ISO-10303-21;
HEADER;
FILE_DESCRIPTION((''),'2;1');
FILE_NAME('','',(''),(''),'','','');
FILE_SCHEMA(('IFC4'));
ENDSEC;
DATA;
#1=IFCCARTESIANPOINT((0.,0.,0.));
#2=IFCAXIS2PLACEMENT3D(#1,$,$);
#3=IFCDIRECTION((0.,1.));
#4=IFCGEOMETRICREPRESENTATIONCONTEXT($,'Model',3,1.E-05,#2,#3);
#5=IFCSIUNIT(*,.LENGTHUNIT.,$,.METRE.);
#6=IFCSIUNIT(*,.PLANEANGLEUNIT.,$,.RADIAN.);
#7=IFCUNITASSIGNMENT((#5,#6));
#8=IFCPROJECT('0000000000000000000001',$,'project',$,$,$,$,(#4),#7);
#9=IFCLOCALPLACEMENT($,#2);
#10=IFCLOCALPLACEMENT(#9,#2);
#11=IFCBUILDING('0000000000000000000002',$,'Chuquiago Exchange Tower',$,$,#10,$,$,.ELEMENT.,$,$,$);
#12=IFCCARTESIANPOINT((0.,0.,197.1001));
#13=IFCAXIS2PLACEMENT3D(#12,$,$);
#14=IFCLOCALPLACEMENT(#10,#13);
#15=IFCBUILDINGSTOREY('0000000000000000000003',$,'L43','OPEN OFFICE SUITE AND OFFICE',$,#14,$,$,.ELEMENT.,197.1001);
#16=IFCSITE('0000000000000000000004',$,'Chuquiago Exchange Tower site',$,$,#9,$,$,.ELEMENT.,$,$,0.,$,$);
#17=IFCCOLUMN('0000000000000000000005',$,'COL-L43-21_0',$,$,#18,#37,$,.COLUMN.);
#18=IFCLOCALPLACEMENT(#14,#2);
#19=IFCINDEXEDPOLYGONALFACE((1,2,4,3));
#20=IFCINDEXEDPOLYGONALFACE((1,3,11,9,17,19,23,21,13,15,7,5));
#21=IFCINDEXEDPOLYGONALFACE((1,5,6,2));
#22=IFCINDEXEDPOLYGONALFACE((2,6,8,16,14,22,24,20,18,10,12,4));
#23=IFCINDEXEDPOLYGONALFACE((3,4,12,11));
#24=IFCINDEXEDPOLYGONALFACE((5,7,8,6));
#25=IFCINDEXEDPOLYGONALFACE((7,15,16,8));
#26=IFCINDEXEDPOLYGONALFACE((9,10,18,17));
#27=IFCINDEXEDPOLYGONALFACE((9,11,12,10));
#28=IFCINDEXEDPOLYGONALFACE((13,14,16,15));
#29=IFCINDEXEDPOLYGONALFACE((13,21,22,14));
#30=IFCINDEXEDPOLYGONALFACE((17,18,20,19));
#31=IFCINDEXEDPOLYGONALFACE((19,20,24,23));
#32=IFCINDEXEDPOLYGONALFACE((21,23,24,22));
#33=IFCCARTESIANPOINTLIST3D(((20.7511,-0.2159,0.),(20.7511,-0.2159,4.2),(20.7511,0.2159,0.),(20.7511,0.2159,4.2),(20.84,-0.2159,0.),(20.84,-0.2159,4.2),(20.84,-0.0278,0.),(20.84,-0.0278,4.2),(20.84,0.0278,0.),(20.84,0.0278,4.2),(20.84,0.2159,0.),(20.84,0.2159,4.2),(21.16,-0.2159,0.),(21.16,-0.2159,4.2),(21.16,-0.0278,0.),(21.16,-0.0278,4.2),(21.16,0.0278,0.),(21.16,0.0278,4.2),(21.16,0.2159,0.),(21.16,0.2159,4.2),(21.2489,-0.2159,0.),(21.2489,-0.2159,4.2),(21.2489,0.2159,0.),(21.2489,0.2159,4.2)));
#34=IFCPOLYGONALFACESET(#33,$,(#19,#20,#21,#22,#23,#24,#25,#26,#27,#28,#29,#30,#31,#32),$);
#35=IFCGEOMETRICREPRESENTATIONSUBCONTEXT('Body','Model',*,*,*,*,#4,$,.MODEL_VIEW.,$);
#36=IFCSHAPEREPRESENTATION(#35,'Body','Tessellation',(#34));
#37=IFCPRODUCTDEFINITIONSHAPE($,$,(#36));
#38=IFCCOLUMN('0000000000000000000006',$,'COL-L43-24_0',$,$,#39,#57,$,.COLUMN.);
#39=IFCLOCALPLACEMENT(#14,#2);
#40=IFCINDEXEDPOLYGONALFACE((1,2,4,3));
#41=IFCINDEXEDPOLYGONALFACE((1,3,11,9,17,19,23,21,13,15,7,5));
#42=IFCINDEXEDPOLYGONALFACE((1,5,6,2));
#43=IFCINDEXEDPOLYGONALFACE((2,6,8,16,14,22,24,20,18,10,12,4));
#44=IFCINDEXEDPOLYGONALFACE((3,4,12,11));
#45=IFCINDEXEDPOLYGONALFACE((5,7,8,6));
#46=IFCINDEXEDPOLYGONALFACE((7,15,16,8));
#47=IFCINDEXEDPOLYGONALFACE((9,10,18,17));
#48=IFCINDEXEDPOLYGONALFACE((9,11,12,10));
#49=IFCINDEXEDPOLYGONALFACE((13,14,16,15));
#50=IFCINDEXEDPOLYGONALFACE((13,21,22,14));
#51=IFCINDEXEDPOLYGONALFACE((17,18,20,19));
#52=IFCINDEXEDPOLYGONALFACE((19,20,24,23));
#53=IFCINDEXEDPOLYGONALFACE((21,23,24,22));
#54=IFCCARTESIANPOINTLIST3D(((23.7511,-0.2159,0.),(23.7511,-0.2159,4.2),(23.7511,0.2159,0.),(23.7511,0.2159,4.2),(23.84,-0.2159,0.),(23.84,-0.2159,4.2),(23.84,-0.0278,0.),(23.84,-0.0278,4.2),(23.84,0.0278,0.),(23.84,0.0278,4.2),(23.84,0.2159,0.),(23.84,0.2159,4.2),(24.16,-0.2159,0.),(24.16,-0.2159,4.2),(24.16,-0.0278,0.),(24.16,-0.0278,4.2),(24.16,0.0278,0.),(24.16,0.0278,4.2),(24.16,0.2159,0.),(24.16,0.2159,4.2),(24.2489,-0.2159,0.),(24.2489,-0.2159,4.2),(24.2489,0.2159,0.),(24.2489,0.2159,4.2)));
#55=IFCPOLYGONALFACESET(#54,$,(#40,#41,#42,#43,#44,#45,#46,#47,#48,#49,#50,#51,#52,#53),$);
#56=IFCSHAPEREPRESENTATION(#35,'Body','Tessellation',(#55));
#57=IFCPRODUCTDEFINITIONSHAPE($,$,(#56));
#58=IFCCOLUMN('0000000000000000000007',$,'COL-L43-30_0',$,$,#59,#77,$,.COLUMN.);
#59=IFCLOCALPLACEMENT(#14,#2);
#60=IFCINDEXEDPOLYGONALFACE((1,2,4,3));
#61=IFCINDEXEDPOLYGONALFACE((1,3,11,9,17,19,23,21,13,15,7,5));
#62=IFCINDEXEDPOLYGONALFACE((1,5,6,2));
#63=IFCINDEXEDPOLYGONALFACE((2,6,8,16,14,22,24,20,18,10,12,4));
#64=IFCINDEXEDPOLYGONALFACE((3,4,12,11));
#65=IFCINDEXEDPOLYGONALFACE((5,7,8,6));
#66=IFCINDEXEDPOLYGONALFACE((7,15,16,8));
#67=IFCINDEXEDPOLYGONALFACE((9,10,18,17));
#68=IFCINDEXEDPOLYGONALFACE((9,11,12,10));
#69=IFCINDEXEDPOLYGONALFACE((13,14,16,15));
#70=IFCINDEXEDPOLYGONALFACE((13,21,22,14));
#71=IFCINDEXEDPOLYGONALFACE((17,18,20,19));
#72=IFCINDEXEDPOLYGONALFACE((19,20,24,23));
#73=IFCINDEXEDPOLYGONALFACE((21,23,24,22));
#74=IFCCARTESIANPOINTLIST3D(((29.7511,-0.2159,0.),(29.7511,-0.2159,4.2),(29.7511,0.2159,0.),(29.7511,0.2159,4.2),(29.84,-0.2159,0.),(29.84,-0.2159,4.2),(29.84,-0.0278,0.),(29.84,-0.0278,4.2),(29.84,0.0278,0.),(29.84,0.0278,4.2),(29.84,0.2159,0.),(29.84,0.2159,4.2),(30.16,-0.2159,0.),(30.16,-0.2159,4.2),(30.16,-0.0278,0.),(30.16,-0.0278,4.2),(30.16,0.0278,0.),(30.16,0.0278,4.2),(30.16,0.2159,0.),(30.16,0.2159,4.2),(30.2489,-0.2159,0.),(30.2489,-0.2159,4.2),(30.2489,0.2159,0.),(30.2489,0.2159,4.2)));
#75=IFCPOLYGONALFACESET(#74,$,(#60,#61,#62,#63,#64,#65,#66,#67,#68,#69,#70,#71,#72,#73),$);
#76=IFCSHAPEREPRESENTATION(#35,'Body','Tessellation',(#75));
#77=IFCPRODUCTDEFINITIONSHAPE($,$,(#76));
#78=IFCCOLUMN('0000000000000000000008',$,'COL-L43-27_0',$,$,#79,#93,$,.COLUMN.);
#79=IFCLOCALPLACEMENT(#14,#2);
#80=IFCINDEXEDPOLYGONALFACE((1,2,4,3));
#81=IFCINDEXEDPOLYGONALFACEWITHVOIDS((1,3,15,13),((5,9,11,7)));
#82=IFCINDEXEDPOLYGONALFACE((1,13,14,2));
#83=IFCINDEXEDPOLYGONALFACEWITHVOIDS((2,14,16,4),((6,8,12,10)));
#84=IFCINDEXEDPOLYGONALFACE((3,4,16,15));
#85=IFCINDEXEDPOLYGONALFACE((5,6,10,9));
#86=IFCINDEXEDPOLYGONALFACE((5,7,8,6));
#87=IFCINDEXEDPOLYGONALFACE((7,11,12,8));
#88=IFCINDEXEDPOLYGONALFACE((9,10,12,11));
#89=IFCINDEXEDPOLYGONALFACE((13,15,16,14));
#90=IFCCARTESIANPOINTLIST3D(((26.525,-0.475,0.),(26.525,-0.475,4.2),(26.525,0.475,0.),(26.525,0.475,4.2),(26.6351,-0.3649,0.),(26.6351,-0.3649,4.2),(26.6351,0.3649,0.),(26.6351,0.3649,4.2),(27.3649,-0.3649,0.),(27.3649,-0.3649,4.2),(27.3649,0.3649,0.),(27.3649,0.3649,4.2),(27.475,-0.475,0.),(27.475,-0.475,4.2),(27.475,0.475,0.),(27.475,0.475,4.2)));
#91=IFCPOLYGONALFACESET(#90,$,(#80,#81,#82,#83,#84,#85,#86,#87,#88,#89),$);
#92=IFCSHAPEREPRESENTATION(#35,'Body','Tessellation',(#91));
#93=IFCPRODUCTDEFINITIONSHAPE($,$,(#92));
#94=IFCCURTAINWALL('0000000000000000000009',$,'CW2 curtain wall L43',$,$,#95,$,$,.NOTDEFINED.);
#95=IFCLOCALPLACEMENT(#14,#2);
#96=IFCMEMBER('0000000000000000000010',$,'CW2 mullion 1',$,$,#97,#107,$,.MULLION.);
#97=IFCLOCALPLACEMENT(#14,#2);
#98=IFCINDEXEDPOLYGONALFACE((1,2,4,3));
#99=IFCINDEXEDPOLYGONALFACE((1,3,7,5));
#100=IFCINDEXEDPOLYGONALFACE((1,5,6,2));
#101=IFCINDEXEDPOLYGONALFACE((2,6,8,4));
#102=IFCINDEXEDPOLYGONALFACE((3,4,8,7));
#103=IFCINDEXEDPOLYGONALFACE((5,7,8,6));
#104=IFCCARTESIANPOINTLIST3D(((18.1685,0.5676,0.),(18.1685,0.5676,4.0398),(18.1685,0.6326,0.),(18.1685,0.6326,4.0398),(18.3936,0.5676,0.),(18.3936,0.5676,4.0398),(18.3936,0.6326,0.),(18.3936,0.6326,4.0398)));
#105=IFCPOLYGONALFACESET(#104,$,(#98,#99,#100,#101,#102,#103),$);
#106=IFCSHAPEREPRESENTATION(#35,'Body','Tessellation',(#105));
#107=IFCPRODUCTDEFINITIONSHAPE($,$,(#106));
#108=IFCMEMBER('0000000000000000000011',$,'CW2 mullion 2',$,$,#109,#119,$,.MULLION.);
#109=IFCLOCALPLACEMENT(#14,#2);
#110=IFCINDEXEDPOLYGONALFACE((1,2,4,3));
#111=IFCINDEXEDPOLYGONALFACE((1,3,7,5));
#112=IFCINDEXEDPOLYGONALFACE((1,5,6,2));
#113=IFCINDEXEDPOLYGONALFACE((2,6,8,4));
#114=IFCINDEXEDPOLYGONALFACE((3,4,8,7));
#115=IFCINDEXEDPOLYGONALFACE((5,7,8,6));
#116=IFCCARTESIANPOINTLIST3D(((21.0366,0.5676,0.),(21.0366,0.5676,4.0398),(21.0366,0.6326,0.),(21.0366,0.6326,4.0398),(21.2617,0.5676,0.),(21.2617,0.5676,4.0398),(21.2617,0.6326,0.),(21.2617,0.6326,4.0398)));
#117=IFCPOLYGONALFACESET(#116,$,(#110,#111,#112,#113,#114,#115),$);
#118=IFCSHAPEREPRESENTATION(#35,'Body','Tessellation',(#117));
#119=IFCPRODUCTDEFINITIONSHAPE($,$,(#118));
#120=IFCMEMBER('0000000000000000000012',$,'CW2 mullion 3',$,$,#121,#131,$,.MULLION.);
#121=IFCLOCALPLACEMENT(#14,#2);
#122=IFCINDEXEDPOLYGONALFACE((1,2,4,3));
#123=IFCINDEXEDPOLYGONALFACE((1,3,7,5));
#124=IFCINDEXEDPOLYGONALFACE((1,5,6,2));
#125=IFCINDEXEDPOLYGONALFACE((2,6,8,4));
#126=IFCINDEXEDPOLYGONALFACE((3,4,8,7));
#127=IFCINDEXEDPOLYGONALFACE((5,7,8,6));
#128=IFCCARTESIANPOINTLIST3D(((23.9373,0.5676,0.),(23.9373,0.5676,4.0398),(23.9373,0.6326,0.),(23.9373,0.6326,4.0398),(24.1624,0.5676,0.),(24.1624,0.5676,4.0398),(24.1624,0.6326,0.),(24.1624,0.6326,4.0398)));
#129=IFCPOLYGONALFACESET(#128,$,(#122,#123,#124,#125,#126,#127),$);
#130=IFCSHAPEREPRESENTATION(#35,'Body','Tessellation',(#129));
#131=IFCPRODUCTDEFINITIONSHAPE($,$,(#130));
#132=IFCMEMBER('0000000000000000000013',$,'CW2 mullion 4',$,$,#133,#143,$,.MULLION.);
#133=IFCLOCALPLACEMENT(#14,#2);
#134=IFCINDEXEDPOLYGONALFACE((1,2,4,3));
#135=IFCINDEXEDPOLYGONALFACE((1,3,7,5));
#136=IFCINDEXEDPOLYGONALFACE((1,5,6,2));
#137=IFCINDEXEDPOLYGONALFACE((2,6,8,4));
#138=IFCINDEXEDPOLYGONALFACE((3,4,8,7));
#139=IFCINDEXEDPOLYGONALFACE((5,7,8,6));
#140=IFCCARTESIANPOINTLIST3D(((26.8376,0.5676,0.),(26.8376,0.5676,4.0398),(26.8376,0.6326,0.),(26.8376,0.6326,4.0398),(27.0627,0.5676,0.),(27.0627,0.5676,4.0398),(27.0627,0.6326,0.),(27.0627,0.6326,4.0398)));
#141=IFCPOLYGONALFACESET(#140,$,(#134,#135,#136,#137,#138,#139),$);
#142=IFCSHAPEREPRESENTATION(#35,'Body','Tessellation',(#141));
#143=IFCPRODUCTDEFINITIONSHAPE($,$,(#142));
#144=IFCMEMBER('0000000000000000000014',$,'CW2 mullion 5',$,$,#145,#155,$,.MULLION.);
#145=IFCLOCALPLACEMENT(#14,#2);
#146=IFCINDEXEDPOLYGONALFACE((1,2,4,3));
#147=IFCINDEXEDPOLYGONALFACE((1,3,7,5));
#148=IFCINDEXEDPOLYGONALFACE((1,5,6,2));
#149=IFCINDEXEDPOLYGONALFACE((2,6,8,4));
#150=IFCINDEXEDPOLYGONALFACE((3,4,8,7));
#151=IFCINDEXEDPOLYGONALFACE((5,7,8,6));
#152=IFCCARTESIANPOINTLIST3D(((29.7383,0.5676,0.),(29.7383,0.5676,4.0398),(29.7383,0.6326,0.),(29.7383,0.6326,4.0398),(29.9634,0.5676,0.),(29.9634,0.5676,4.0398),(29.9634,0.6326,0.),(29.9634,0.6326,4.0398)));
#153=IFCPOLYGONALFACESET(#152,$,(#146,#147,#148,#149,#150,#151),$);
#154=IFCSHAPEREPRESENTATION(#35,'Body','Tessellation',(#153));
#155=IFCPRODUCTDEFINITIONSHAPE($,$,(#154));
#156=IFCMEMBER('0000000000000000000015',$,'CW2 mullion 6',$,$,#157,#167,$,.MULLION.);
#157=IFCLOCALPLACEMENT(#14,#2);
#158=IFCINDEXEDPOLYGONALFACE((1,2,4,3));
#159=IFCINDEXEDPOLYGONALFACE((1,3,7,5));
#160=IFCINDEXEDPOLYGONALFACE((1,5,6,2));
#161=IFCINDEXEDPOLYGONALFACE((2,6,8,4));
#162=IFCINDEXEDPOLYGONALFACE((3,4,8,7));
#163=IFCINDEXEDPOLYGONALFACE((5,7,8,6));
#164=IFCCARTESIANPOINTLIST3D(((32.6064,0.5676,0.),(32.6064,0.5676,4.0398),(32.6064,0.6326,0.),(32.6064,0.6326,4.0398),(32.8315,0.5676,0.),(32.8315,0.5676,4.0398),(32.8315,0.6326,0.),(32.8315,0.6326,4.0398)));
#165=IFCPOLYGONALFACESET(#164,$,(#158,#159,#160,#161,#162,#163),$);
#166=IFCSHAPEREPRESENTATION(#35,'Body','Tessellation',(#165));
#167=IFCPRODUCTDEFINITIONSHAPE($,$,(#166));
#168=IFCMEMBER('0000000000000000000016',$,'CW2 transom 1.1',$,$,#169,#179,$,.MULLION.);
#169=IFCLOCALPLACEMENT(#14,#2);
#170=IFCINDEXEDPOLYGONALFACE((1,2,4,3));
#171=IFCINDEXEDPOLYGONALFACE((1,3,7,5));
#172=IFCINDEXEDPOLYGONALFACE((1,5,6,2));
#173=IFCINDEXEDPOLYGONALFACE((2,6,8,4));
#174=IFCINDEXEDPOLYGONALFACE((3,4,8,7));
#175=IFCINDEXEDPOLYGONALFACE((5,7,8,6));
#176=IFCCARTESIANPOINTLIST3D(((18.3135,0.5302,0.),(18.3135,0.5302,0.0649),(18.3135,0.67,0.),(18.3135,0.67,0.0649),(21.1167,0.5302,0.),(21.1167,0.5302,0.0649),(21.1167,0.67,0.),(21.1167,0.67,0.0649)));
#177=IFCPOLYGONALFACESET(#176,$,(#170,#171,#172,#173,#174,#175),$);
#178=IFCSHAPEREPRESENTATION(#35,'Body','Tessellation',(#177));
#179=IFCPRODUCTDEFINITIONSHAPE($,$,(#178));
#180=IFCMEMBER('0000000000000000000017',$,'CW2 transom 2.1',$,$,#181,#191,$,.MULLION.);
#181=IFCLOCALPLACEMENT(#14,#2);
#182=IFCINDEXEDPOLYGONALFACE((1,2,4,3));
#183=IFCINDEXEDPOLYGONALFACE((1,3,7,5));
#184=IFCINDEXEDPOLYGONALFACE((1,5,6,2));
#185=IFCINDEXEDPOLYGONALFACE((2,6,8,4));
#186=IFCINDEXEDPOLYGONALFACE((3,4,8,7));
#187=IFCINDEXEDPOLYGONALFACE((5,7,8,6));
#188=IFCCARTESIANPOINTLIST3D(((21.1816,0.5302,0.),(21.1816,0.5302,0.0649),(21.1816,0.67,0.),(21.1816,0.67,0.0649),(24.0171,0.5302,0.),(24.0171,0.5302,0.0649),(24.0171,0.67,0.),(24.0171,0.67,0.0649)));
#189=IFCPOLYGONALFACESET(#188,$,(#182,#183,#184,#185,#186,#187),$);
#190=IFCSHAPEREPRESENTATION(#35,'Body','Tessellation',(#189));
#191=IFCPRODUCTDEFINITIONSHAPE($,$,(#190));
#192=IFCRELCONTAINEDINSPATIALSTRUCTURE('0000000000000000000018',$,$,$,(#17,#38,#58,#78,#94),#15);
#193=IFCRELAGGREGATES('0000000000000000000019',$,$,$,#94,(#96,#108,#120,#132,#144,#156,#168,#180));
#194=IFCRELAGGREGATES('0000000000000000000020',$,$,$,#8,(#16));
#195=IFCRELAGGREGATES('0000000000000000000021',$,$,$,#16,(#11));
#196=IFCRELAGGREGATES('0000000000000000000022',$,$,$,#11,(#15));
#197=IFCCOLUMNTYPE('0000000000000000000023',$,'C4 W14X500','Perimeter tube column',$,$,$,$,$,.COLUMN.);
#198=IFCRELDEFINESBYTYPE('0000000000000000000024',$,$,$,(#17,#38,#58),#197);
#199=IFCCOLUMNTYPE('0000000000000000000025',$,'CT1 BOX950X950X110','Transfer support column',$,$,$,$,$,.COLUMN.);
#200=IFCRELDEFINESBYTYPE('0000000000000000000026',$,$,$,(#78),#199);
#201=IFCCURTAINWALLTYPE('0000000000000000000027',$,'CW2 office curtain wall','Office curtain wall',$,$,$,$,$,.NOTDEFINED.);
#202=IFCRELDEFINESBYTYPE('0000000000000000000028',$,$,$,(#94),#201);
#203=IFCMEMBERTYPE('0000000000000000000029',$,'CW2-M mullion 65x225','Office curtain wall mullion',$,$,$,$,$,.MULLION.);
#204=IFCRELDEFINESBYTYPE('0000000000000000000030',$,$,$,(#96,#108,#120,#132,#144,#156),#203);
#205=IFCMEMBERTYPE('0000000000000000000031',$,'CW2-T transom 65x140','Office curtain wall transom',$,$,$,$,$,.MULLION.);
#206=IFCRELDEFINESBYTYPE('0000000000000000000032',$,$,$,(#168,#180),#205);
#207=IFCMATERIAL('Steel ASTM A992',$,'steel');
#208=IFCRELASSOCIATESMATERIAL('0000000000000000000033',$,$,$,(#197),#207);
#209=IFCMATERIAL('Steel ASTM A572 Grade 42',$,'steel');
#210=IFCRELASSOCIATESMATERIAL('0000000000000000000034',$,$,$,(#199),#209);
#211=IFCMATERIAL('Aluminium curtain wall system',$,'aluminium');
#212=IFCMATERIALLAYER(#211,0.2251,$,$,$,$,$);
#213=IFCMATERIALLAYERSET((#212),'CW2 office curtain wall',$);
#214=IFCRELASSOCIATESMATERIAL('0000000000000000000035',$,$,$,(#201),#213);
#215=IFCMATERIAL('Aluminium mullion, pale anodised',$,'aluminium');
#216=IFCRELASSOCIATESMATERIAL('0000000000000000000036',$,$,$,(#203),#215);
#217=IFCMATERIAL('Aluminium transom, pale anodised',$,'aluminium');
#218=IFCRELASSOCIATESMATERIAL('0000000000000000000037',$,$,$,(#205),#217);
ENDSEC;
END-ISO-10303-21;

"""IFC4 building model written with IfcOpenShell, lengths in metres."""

from ifc_helpers import new_model, si_unit, direction, frame, origin, origin_2d, place, context, subcontext, project, spatial, rectangle, hollow_rectangle, i_section, extrude, material, layer, layer_set, material_profile, profile_set, type_object, element, aggregate, save


model = new_model("IFC4")

# Units and contexts
model_context = context("Model", 3, precision=1e-05, world=origin(), true_north=direction((0.0, 1.0)))
body_context = subcontext(model_context, "Body", "Model", "MODEL_VIEW")
ifc_project = project(units=[si_unit("LENGTHUNIT", "METRE"), si_unit("PLANEANGLEUNIT", "RADIAN")], contexts=[model_context])

# Site, building, storey
site_placement = place(None, origin())
site = spatial("IfcSite", under=ifc_project, at=site_placement, Name="Chuquiago Exchange Tower site", CompositionType="ELEMENT", RefElevation=0.0)
building_placement = place(site_placement, origin())
building = spatial("IfcBuilding", under=site, at=building_placement, Name="Chuquiago Exchange Tower", CompositionType="ELEMENT")
storey_placement = place(building_placement, frame((0.0, 0.0, 197.1001)))
storey = spatial("IfcBuildingStorey", under=building, at=storey_placement, Name="L43", Description="OPEN OFFICE SUITE AND OFFICE", CompositionType="ELEMENT", Elevation=197.1001)

# Columns
ifc_material_1 = material(Name="Steel ASTM A992", Category="steel")
ifc_material_profile_1 = material_profile(ifc_material_1, i_section(OverallWidth=0.4319, OverallDepth=0.4978, WebThickness=0.0557, FlangeThickness=0.0889, at=origin_2d()), Name="W14X500")
ifc_profile_set_1 = profile_set([ifc_material_profile_1], Name="Steel ASTM A992")
column_type_1 = type_object("IfcColumnType", Name="C4 W14X500", Description="Perimeter tube column", PredefinedType="COLUMN", material=ifc_profile_set_1)
for number, where, z_axis, x_axis, name in (
    (1, (21.0, 0.0, 0.0), (0.0, 0.0, 1.0), (0.0, -1.0, 0.0), "COL-L43-21_0"),
    (2, (24.0, 0.0, 0.0), (0.0, 0.0, 1.0), (0.0, -1.0, 0.0), "COL-L43-24_0"),
    (3, (30.0, 0.0, 0.0), (0.0, 0.0, 1.0), (0.0, -1.0, 0.0), "COL-L43-30_0"),
):
    element("IfcColumn", number, at=place(storey_placement, frame(where, z_axis=z_axis, x_axis=x_axis)), inside=storey, type_object=column_type_1, Name=name, PredefinedType="COLUMN", context=body_context, shape_type="SweptSolid", body=[
        extrude(i_section(OverallWidth=0.4319, OverallDepth=0.4978, WebThickness=0.0557, FlangeThickness=0.0889, at=origin_2d()), origin(), (0.0, 0.0, 1.0), 4.2),
    ])
ifc_material_2 = material(Name="Steel ASTM A572 Grade 42", Category="steel")
ifc_material_profile_2 = material_profile(ifc_material_2, hollow_rectangle(XDim=0.95, YDim=0.95, WallThickness=0.1101, at=origin_2d()), Name="BOX950X950X110")
ifc_profile_set_2 = profile_set([ifc_material_profile_2], Name="Steel ASTM A572 Grade 42")
column_type_2 = type_object("IfcColumnType", Name="CT1 BOX950X950X110", Description="Transfer support column", PredefinedType="COLUMN", material=ifc_profile_set_2)
column_placement = place(storey_placement, frame((27.0, 0.0, 0.0), z_axis=(0.0, 0.0, 1.0), x_axis=(0.0, -1.0, 0.0)))
element("IfcColumn", 4, at=column_placement, inside=storey, type_object=column_type_2, Name="COL-L43-27_0", PredefinedType="COLUMN", context=body_context, shape_type="SweptSolid", body=[
    extrude(hollow_rectangle(XDim=0.95, YDim=0.95, WallThickness=0.1101, at=origin_2d()), origin(), (0.0, 0.0, 1.0), 4.2),
])

# Curtain wall, members
ifc_material_3 = material(Name="Aluminium curtain wall system", Category="aluminium")
ifc_layer_1 = layer(ifc_material_3, 0.2251)
ifc_layer_set_1 = layer_set([ifc_layer_1], Name="CW2 office curtain wall")
curtain_wall_type_1 = type_object("IfcCurtainWallType", Name="CW2 office curtain wall", Description="Office curtain wall", PredefinedType="NOTDEFINED", material=ifc_layer_set_1)
curtain_wall_1_placement = place(storey_placement, origin())
curtain_wall_1 = element("IfcCurtainWall", 5, at=curtain_wall_1_placement, inside=storey, type_object=curtain_wall_type_1, Name="CW2 curtain wall L43", PredefinedType="NOTDEFINED")
ifc_material_4 = material(Name="Aluminium mullion, pale anodised", Category="aluminium")
ifc_material_profile_3 = material_profile(ifc_material_4, rectangle(XDim=0.0649, YDim=0.2251, at=origin_2d()), Name="AL 65x225")
ifc_profile_set_3 = profile_set([ifc_material_profile_3], Name="Aluminium mullion, pale anodised")
member_type_1 = type_object("IfcMemberType", Name="CW2-M mullion 65x225", Description="Office curtain wall mullion", PredefinedType="MULLION", material=ifc_profile_set_3)
member_1_placement = place(storey_placement, frame((18.281, 0.6001, 0.0), z_axis=(0.0, 0.0, 1.0), x_axis=(0.0, 1.0, 0.0)))
member_1 = element("IfcMember", 6, at=member_1_placement, type_object=member_type_1, Name="CW2 mullion 1", PredefinedType="MULLION", context=body_context, shape_type="SweptSolid", body=[
    extrude(rectangle(XDim=0.0649, YDim=0.2251, at=origin_2d()), origin(), (0.0, 0.0, 1.0), 4.0398),
])
member_2_placement = place(storey_placement, frame((21.1492, 0.6001, 0.0), z_axis=(0.0, 0.0, 1.0), x_axis=(0.0, 1.0, 0.0)))
member_2 = element("IfcMember", 7, at=member_2_placement, type_object=member_type_1, Name="CW2 mullion 2", PredefinedType="MULLION", context=body_context, shape_type="SweptSolid", body=[
    extrude(rectangle(XDim=0.0649, YDim=0.2251, at=origin_2d()), origin(), (0.0, 0.0, 1.0), 4.0398),
])
member_3_placement = place(storey_placement, frame((24.0498, 0.6001, 0.0), z_axis=(0.0, 0.0, 1.0), x_axis=(0.0, 1.0, 0.0)))
member_3 = element("IfcMember", 8, at=member_3_placement, type_object=member_type_1, Name="CW2 mullion 3", PredefinedType="MULLION", context=body_context, shape_type="SweptSolid", body=[
    extrude(rectangle(XDim=0.0649, YDim=0.2251, at=origin_2d()), origin(), (0.0, 0.0, 1.0), 4.0398),
])
member_4_placement = place(storey_placement, frame((26.9502, 0.6001, 0.0), z_axis=(0.0, 0.0, 1.0), x_axis=(0.0, 1.0, 0.0)))
member_4 = element("IfcMember", 9, at=member_4_placement, type_object=member_type_1, Name="CW2 mullion 4", PredefinedType="MULLION", context=body_context, shape_type="SweptSolid", body=[
    extrude(rectangle(XDim=0.0649, YDim=0.2251, at=origin_2d()), origin(), (0.0, 0.0, 1.0), 4.0398),
])
member_5_placement = place(storey_placement, frame((29.8508, 0.6001, 0.0), z_axis=(0.0, 0.0, 1.0), x_axis=(0.0, 1.0, 0.0)))
member_5 = element("IfcMember", 10, at=member_5_placement, type_object=member_type_1, Name="CW2 mullion 5", PredefinedType="MULLION", context=body_context, shape_type="SweptSolid", body=[
    extrude(rectangle(XDim=0.0649, YDim=0.2251, at=origin_2d()), origin(), (0.0, 0.0, 1.0), 4.0398),
])
member_6_placement = place(storey_placement, frame((32.719, 0.6001, 0.0), z_axis=(0.0, 0.0, 1.0), x_axis=(0.0, 1.0, 0.0)))
member_6 = element("IfcMember", 11, at=member_6_placement, type_object=member_type_1, Name="CW2 mullion 6", PredefinedType="MULLION", context=body_context, shape_type="SweptSolid", body=[
    extrude(rectangle(XDim=0.0649, YDim=0.2251, at=origin_2d()), origin(), (0.0, 0.0, 1.0), 4.0398),
])
ifc_material_5 = material(Name="Aluminium transom, pale anodised", Category="aluminium")
ifc_material_profile_4 = material_profile(ifc_material_5, rectangle(XDim=0.1399, YDim=0.0649, at=origin_2d()), Name="AL 140x65")
ifc_profile_set_4 = profile_set([ifc_material_profile_4], Name="Aluminium transom, pale anodised")
member_type_2 = type_object("IfcMemberType", Name="CW2-T transom 65x140", Description="Office curtain wall transom", PredefinedType="MULLION", material=ifc_profile_set_4)
member_7_placement = place(storey_placement, frame((18.3135, 0.6001, 0.0325), z_axis=(1.0, 0.0, 0.0), x_axis=(0.0, 1.0, 0.0)))
member_7 = element("IfcMember", 12, at=member_7_placement, type_object=member_type_2, Name="CW2 transom 1.1", PredefinedType="MULLION", context=body_context, shape_type="SweptSolid", body=[
    extrude(rectangle(XDim=0.1399, YDim=0.0649, at=origin_2d()), origin(), (0.0, 0.0, 1.0), 2.8032),
])
member_8_placement = place(storey_placement, frame((21.1816, 0.6001, 0.0325), z_axis=(1.0, 0.0, 0.0), x_axis=(0.0, 1.0, 0.0)))
member_8 = element("IfcMember", 13, at=member_8_placement, type_object=member_type_2, Name="CW2 transom 2.1", PredefinedType="MULLION", context=body_context, shape_type="SweptSolid", body=[
    extrude(rectangle(XDim=0.1399, YDim=0.0649, at=origin_2d()), origin(), (0.0, 0.0, 1.0), 2.8354),
])

aggregate(curtain_wall_1, [member_1, member_2, member_3, member_4, member_5, member_6, member_7, member_8])

save(model, "model.ifc")
